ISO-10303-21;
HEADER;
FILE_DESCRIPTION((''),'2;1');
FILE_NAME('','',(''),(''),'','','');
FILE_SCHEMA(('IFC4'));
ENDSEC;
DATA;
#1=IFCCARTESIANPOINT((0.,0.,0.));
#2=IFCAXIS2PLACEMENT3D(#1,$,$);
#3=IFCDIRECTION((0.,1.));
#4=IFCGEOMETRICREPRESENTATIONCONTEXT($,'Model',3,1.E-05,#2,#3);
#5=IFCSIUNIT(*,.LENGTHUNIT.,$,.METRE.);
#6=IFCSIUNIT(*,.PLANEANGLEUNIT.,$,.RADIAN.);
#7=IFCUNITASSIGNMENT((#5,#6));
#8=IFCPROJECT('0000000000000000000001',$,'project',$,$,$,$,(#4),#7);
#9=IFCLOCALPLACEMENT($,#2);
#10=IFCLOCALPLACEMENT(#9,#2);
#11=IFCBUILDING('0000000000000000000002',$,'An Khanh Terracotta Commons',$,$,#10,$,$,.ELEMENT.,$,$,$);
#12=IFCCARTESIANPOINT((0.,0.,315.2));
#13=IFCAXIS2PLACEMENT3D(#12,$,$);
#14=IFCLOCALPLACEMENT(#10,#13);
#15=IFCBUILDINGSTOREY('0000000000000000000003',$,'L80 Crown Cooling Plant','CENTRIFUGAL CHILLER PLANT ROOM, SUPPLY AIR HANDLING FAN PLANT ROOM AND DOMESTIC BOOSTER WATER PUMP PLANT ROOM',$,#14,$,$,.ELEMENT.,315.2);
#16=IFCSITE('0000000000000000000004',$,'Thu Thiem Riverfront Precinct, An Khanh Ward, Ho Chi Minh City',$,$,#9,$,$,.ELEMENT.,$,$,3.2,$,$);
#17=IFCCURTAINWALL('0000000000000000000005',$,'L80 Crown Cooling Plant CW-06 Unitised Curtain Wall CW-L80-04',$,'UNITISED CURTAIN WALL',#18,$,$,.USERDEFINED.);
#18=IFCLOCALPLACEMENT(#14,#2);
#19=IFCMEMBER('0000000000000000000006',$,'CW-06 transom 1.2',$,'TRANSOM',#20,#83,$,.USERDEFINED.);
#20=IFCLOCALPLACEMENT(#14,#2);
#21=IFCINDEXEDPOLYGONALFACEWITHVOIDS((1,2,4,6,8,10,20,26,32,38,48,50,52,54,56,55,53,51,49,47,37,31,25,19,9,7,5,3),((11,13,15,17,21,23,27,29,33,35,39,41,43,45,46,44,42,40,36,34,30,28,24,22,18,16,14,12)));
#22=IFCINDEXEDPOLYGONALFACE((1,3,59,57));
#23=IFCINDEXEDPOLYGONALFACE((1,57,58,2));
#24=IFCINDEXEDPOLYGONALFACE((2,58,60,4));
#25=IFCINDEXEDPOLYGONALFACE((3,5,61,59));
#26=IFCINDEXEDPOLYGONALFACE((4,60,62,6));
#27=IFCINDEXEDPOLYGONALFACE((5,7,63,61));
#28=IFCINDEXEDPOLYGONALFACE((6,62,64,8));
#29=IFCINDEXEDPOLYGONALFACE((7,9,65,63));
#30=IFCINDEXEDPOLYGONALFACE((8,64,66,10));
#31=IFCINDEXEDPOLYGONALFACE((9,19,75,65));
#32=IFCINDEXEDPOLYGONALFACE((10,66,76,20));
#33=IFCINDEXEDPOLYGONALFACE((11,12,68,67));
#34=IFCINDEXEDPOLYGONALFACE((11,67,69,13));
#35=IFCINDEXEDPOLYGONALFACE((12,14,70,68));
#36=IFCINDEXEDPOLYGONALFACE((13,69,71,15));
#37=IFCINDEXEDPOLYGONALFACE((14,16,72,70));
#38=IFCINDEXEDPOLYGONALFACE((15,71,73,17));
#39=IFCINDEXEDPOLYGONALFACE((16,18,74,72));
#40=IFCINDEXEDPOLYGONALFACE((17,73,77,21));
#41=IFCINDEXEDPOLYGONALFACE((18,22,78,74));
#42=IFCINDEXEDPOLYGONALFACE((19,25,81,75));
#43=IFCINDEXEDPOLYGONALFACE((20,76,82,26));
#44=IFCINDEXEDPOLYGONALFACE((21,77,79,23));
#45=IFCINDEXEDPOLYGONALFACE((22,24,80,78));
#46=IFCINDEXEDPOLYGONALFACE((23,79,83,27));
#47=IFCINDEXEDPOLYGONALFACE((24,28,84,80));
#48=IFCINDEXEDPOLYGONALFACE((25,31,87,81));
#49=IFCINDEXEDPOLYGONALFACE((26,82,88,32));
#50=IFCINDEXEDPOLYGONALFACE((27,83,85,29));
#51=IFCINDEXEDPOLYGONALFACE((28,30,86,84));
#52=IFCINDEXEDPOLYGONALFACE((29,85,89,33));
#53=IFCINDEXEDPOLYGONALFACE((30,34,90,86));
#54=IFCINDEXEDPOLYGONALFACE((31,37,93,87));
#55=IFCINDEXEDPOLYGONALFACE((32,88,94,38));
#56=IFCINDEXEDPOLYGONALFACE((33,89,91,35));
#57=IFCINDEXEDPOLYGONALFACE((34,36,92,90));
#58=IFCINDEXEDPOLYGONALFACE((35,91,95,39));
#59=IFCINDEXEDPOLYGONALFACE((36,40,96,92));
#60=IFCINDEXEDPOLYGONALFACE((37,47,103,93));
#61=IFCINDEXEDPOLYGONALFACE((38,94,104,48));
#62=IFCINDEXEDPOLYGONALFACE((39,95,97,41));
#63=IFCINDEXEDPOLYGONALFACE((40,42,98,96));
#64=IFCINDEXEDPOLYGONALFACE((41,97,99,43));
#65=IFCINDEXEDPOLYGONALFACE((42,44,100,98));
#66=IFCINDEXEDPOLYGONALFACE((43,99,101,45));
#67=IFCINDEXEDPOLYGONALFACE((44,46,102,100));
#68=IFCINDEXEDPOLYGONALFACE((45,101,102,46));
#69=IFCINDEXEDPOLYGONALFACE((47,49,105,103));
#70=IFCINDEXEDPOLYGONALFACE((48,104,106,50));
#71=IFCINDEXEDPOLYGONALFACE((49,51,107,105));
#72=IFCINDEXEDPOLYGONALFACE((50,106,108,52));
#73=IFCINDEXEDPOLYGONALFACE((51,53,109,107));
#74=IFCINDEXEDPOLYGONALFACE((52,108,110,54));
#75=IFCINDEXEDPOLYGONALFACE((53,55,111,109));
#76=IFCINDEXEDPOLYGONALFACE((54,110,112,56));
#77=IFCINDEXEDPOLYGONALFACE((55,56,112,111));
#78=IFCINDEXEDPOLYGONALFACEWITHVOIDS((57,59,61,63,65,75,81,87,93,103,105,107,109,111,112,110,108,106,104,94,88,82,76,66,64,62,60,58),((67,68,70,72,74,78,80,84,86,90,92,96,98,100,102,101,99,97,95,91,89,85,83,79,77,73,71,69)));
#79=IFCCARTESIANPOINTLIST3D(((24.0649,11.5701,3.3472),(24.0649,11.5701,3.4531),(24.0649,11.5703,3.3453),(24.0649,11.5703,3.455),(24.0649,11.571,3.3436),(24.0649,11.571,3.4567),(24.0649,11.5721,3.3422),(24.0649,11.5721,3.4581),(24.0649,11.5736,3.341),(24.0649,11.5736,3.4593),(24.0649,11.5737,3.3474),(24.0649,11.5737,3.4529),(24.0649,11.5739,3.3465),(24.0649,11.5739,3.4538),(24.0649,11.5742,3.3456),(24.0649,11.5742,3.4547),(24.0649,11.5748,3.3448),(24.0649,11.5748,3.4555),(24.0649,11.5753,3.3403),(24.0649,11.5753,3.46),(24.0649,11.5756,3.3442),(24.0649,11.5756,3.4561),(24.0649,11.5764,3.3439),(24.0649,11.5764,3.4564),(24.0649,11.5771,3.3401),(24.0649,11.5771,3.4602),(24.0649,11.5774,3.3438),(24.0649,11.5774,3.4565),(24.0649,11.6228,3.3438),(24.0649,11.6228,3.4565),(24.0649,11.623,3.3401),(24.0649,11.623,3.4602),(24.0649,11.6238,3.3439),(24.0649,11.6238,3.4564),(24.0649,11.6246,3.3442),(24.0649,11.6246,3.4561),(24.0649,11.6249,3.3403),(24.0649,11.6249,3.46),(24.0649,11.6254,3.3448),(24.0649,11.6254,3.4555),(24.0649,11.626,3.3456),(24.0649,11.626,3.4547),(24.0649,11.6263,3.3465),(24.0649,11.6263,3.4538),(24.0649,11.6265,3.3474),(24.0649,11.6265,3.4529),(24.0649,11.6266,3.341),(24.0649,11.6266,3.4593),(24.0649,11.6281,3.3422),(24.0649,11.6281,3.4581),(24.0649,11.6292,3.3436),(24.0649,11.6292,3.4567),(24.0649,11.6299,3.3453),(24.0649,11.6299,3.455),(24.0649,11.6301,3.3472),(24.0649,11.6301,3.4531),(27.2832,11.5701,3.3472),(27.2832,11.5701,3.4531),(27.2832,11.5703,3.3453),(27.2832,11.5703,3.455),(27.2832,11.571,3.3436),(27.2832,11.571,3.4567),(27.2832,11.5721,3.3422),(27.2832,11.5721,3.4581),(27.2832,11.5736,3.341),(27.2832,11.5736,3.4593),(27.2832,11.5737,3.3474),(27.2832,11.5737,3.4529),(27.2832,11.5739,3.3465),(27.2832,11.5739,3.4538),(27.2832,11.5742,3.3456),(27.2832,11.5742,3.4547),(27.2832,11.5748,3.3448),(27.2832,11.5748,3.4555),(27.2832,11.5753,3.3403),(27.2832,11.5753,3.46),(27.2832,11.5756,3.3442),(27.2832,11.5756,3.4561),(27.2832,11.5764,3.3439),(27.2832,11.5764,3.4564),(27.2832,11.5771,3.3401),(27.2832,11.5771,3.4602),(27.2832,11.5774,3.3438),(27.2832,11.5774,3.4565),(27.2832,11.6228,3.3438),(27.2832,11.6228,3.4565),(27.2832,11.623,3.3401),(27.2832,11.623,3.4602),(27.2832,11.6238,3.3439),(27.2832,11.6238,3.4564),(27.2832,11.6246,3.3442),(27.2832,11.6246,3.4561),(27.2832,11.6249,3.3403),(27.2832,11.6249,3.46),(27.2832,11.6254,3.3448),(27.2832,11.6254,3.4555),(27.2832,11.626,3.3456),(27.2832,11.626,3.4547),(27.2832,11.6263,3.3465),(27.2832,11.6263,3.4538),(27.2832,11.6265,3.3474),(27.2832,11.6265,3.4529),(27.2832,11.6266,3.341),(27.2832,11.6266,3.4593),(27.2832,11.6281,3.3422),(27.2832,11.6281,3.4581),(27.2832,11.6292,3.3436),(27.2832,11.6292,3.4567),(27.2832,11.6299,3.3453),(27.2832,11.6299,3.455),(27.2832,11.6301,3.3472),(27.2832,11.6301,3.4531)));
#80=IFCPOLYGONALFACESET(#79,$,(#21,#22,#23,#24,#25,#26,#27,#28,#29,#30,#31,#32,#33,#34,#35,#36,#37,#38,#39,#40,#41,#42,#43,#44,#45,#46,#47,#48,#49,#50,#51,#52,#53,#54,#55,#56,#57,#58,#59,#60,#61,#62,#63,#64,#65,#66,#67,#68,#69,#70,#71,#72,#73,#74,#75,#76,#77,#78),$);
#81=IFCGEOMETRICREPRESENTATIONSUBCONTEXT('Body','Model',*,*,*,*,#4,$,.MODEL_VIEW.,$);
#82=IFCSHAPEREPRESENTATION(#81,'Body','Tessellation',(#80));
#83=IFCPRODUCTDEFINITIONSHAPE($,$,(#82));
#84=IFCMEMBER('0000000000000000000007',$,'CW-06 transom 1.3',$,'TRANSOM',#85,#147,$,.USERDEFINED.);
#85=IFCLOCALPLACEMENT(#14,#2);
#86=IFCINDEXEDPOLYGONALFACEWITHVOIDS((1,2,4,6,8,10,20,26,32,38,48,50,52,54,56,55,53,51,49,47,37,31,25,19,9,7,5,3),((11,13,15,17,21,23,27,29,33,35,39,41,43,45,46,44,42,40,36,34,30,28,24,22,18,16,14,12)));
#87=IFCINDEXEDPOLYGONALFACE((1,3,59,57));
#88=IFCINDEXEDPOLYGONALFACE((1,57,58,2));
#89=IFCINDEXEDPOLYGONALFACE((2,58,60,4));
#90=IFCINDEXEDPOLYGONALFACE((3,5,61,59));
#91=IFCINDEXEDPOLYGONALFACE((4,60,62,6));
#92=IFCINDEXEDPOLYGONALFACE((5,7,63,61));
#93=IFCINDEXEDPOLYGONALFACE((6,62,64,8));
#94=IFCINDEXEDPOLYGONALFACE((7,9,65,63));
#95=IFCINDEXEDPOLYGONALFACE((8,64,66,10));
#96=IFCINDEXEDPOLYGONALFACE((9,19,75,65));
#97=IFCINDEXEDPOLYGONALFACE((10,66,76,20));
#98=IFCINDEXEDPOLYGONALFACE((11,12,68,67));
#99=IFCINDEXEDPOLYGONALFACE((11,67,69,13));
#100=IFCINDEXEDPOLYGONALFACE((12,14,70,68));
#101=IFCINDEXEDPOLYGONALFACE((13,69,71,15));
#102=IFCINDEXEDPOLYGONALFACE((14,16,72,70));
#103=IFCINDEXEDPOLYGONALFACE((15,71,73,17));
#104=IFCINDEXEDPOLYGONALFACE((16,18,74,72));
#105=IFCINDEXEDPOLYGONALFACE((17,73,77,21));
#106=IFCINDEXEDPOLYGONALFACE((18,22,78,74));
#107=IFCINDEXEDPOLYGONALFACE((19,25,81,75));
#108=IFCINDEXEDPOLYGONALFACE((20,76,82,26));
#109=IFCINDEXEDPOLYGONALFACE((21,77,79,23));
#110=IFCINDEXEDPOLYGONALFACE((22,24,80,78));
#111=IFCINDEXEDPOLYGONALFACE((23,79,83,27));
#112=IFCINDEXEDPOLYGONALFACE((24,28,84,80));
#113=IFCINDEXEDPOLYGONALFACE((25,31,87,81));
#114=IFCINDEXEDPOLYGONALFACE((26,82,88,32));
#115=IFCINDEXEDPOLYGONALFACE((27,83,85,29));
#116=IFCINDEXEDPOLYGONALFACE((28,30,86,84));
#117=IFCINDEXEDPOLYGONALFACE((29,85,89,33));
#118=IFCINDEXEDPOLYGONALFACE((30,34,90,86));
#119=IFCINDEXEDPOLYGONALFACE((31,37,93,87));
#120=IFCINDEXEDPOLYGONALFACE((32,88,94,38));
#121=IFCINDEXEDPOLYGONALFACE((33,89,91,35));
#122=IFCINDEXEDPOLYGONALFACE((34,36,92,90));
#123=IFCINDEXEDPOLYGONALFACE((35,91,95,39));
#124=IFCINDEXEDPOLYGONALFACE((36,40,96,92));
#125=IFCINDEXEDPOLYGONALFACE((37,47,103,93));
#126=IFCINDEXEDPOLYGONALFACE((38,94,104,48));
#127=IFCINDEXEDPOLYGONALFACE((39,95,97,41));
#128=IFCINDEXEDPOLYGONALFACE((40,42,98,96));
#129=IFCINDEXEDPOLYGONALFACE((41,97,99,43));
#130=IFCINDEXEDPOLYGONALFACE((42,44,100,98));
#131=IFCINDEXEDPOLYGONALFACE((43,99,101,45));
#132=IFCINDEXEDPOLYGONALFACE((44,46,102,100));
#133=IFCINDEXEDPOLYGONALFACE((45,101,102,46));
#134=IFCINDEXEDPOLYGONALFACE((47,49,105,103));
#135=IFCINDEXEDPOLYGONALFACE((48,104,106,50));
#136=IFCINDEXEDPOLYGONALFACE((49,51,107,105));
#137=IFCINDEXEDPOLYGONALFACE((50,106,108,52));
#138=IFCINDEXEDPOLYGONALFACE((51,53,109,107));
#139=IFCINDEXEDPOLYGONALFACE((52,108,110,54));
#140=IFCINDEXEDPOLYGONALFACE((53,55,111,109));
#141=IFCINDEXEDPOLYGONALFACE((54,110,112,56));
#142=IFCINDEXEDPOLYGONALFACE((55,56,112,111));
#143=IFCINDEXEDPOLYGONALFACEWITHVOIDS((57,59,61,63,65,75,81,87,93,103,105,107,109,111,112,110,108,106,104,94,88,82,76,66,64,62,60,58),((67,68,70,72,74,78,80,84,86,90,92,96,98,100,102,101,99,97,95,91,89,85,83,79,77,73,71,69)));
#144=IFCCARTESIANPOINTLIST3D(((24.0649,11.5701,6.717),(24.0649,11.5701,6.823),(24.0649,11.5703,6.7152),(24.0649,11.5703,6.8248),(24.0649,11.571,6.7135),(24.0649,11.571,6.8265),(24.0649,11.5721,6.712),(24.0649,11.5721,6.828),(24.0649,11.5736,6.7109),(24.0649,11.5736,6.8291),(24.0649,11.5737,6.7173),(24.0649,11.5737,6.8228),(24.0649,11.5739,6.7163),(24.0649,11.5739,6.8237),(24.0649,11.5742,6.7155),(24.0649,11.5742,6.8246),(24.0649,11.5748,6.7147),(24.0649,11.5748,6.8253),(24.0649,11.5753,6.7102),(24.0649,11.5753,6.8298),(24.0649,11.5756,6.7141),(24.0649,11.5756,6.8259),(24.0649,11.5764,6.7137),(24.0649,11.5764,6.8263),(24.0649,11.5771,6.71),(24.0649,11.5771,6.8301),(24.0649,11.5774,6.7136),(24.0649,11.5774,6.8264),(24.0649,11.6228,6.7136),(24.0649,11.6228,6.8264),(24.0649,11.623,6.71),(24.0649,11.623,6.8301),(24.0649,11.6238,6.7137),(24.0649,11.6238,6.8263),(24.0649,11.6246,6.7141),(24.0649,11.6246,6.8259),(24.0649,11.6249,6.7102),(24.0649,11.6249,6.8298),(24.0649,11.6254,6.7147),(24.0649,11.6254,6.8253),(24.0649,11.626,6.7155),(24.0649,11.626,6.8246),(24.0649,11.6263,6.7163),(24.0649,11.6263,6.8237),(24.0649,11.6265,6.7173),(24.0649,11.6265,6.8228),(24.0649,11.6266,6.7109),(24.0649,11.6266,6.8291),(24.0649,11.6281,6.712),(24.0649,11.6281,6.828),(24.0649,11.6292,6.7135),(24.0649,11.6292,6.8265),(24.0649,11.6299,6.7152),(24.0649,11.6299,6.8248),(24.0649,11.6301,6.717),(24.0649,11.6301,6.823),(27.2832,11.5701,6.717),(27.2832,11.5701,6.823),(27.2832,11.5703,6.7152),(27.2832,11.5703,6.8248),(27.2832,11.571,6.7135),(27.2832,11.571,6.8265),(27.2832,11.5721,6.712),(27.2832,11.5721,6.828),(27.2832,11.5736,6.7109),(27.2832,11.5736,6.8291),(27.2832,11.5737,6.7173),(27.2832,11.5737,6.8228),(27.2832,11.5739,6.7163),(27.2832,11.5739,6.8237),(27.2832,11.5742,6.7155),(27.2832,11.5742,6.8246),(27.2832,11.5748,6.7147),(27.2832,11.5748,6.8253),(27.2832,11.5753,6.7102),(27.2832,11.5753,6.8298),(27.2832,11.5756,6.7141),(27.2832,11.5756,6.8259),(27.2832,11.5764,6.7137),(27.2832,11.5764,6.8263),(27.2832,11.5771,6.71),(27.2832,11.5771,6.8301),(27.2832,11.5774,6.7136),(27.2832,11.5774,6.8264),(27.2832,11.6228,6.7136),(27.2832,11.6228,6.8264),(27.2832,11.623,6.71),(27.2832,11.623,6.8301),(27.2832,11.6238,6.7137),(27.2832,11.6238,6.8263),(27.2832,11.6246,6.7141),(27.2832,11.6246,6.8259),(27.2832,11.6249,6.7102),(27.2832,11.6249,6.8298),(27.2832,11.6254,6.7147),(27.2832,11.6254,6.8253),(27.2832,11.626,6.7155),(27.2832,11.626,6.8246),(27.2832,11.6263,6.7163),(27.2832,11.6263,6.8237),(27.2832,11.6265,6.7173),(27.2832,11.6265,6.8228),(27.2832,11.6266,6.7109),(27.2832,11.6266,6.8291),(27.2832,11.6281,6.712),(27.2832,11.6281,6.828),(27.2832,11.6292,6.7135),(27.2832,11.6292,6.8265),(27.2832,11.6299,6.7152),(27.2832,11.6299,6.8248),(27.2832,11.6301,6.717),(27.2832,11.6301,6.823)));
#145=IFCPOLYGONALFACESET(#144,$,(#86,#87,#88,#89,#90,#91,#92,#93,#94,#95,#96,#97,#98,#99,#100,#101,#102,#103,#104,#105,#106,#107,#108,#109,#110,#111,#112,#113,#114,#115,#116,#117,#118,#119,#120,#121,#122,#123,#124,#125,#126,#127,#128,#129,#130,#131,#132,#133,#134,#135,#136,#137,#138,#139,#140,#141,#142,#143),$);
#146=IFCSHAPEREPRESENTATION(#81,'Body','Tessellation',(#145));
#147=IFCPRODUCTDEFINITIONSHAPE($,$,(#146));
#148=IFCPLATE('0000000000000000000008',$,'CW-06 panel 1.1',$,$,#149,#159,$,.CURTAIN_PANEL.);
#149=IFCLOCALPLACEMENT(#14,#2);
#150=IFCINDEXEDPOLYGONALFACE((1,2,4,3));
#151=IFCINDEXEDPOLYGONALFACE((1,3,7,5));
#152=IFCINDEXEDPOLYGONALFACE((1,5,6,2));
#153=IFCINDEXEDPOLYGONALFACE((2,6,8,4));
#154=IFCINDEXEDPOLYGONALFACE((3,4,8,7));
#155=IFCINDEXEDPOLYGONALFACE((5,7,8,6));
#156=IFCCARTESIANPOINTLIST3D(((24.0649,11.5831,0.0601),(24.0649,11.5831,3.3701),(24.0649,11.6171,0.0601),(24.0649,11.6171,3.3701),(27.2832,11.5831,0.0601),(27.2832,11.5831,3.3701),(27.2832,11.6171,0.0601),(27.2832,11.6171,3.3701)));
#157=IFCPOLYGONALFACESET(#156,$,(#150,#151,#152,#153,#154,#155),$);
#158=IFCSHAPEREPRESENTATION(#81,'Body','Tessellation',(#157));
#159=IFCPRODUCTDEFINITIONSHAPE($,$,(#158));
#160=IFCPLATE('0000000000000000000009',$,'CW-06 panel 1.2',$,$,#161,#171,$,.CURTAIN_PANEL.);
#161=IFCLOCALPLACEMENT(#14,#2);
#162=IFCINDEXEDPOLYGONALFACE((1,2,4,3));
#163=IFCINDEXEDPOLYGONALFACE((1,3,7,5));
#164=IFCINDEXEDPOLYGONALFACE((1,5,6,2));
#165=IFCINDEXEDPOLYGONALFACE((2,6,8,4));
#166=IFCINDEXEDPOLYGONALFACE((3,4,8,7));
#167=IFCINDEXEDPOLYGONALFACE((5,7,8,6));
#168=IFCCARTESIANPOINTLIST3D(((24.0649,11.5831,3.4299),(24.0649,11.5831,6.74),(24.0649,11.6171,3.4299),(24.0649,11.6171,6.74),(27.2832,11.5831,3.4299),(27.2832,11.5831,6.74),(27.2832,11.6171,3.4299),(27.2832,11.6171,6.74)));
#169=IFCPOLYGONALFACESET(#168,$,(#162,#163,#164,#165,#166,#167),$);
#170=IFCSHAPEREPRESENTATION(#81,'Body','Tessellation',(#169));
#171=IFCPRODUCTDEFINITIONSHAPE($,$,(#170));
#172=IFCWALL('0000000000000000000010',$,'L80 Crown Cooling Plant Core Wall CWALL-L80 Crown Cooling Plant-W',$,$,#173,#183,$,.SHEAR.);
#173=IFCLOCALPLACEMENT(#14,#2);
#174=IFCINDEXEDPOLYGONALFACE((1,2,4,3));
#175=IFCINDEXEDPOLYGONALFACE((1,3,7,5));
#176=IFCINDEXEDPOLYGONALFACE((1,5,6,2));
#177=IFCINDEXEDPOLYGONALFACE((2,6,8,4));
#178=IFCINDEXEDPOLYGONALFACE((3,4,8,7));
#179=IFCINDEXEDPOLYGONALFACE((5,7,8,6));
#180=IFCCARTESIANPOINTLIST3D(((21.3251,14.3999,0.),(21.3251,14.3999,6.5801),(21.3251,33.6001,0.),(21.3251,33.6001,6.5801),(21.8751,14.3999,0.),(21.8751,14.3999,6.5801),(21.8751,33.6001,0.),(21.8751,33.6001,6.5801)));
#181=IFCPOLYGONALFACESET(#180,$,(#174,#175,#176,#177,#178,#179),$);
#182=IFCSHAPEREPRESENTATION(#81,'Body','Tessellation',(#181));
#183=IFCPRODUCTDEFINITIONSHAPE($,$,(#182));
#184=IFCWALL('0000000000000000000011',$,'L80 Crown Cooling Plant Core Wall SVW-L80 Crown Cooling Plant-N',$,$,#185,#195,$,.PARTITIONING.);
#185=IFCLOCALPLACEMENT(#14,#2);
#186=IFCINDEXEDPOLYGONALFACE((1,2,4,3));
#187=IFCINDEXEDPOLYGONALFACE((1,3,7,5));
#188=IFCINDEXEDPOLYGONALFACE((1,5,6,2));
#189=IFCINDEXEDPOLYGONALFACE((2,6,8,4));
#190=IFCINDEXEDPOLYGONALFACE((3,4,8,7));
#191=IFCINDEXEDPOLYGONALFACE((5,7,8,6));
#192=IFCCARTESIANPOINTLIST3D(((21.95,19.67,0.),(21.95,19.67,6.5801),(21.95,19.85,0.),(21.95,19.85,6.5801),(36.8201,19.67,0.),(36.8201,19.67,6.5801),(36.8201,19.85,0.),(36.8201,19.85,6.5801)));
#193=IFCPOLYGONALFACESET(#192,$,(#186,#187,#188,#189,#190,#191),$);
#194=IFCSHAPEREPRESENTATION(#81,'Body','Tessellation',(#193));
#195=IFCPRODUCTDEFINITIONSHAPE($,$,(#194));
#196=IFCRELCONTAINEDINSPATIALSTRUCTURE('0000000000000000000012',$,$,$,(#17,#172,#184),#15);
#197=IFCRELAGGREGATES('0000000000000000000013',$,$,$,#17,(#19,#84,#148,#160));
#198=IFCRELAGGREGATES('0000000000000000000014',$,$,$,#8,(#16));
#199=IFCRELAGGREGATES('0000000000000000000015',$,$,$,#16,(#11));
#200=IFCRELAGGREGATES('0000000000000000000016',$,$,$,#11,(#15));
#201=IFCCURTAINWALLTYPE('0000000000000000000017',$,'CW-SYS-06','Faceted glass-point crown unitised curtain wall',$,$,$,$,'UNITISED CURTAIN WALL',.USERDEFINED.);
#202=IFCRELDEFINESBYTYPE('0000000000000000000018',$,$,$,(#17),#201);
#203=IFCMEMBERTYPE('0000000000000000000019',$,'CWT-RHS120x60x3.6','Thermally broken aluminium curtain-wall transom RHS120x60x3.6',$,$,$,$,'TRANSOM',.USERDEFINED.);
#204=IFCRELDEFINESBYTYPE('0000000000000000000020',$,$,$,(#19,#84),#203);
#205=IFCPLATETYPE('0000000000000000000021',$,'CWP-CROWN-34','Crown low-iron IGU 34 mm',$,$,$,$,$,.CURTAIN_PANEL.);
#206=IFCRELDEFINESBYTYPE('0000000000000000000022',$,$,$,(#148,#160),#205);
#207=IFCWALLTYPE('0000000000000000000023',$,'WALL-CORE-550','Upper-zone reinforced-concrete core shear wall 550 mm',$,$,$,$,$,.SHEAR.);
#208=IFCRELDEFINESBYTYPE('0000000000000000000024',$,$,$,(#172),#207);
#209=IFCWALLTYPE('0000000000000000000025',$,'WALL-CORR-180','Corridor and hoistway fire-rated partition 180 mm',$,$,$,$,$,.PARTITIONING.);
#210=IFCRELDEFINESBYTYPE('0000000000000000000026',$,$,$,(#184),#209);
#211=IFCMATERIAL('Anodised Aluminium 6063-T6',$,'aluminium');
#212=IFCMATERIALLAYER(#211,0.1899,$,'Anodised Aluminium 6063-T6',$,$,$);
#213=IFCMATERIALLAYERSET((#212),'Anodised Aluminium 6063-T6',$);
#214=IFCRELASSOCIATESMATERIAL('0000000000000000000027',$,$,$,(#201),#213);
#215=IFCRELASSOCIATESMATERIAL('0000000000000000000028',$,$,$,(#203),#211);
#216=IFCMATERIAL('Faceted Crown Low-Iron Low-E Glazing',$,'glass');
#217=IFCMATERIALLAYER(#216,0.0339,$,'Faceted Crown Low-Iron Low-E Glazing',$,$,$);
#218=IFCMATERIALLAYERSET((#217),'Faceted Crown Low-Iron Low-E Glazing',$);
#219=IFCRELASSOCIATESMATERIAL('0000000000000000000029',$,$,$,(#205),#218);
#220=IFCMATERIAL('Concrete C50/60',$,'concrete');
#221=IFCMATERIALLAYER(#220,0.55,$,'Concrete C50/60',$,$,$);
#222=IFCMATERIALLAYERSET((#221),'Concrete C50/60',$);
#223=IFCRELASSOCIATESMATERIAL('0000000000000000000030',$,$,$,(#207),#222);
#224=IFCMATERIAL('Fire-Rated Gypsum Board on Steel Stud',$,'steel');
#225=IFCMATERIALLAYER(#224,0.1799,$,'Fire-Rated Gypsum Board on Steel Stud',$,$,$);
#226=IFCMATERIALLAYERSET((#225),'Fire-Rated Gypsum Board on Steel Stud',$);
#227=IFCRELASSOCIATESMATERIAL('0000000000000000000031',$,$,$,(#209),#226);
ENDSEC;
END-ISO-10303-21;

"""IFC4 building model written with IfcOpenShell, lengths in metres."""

from ifc_helpers import new_model, si_unit, direction, frame, frame_2d, origin, origin_2d, place, context, subcontext, project, spatial, rectangle, hollow_rectangle, extrude, material, layer, layer_set, material_profile, profile_set, type_object, element, aggregate, save


model = new_model("IFC4")

# Units and contexts
model_context = context("Model", 3, precision=1e-05, world=origin(), true_north=direction((0.0, 1.0)))
body_context = subcontext(model_context, "Body", "Model", "MODEL_VIEW")
ifc_project = project(units=[si_unit("LENGTHUNIT", "METRE"), si_unit("PLANEANGLEUNIT", "RADIAN")], contexts=[model_context])

# Site, building, storey
site_placement = place(None, origin())
site = spatial("IfcSite", under=ifc_project, at=site_placement, Name="Thu Thiem Riverfront Precinct, An Khanh Ward, Ho Chi Minh City", CompositionType="ELEMENT", RefElevation=3.2)
building_placement = place(site_placement, origin())
building = spatial("IfcBuilding", under=site, at=building_placement, Name="An Khanh Terracotta Commons", CompositionType="ELEMENT")
storey_placement = place(building_placement, frame((0.0, 0.0, 315.2)))
storey = spatial("IfcBuildingStorey", under=building, at=storey_placement, Name="L80 Crown Cooling Plant", Description="CENTRIFUGAL CHILLER PLANT ROOM, SUPPLY AIR HANDLING FAN PLANT ROOM AND DOMESTIC BOOSTER WATER PUMP PLANT ROOM", CompositionType="ELEMENT", Elevation=315.2)

# Shared definitions
ifc_material_1 = material(Name="Concrete C50/60", Category="concrete")

# Curtain wall, members, plates
ifc_material_2 = material(Name="Anodised Aluminium 6063-T6", Category="aluminium")
ifc_layer_1 = layer(ifc_material_2, 0.1899, Name="Anodised Aluminium 6063-T6")
ifc_layer_set_1 = layer_set([ifc_layer_1], Name="Anodised Aluminium 6063-T6")
curtain_wall_type = type_object("IfcCurtainWallType", Name="CW-SYS-06", Description="Faceted glass-point crown unitised curtain wall", ElementType="UNITISED CURTAIN WALL", PredefinedType="USERDEFINED", material=ifc_layer_set_1)
curtain_wall_placement = place(storey_placement, origin())
curtain_wall = element("IfcCurtainWall", 1, at=curtain_wall_placement, inside=storey, type_object=curtain_wall_type, Name="L80 Crown Cooling Plant CW-06 Unitised Curtain Wall CW-L80-04", ObjectType="UNITISED CURTAIN WALL", PredefinedType="USERDEFINED")
ifc_material_profile_1 = material_profile(ifc_material_2, hollow_rectangle(XDim=0.0601, YDim=0.1201, WallThickness=0.0037, InnerFilletRadius=0.0037, OuterFilletRadius=0.0071, at=origin_2d()), Name="RHS120x60x3.6")
ifc_profile_set_1 = profile_set([ifc_material_profile_1], Name="Anodised Aluminium 6063-T6")
member_type_1 = type_object("IfcMemberType", Name="CWT-RHS120x60x3.6", Description="Thermally broken aluminium curtain-wall transom RHS120x60x3.6", ElementType="TRANSOM", PredefinedType="USERDEFINED", material=ifc_profile_set_1)
member_1_placement = place(storey_placement, frame((24.0649, 11.6001, 3.4001), z_axis=(1.0, 0.0, 0.0), x_axis=(0.0, 1.0, 0.0)))
member_1 = element("IfcMember", 2, at=member_1_placement, type_object=member_type_1, Name="CW-06 transom 1.2", ObjectType="TRANSOM", PredefinedType="USERDEFINED", context=body_context, shape_type="SweptSolid", body=[
    extrude(hollow_rectangle(XDim=0.0601, YDim=0.1201, WallThickness=0.0037, InnerFilletRadius=0.0037, OuterFilletRadius=0.0071, at=origin_2d()), origin(), (0.0, 0.0, 1.0), 3.2183),
])
member_2_placement = place(storey_placement, frame((24.0649, 11.6001, 6.77), z_axis=(1.0, 0.0, 0.0), x_axis=(0.0, 1.0, 0.0)))
member_2 = element("IfcMember", 3, at=member_2_placement, type_object=member_type_1, Name="CW-06 transom 1.3", ObjectType="TRANSOM", PredefinedType="USERDEFINED", context=body_context, shape_type="SweptSolid", body=[
    extrude(hollow_rectangle(XDim=0.0601, YDim=0.1201, WallThickness=0.0037, InnerFilletRadius=0.0037, OuterFilletRadius=0.0071, at=origin_2d()), origin(), (0.0, 0.0, 1.0), 3.2183),
])
ifc_material_3 = material(Name="Faceted Crown Low-Iron Low-E Glazing", Category="glass")
ifc_layer_2 = layer(ifc_material_3, 0.0339, Name="Faceted Crown Low-Iron Low-E Glazing")
ifc_layer_set_2 = layer_set([ifc_layer_2], Name="Faceted Crown Low-Iron Low-E Glazing")
plate_type = type_object("IfcPlateType", Name="CWP-CROWN-34", Description="Crown low-iron IGU 34 mm", PredefinedType="CURTAIN_PANEL", material=ifc_layer_set_2)
plate_1_placement = place(storey_placement, frame((25.6741, 11.6001, 0.0601), z_axis=(0.0, 0.0, 1.0), x_axis=(1.0, 0.0, 0.0)))
plate_1 = element("IfcPlate", 4, at=plate_1_placement, type_object=plate_type, Name="CW-06 panel 1.1", PredefinedType="CURTAIN_PANEL", context=body_context, shape_type="SweptSolid", body=[
    extrude(rectangle(XDim=3.2183, YDim=0.0339, at=origin_2d()), origin(), (0.0, 0.0, 1.0), 3.3101),
])
plate_2_placement = place(storey_placement, frame((25.6741, 11.6001, 3.4299), z_axis=(0.0, 0.0, 1.0), x_axis=(1.0, 0.0, 0.0)))
plate_2 = element("IfcPlate", 5, at=plate_2_placement, type_object=plate_type, Name="CW-06 panel 1.2", PredefinedType="CURTAIN_PANEL", context=body_context, shape_type="SweptSolid", body=[
    extrude(rectangle(XDim=3.2183, YDim=0.0339, at=origin_2d()), origin(), (0.0, 0.0, 1.0), 3.3101),
])
aggregate(curtain_wall, [member_1, member_2, plate_1, plate_2])

# Walls
ifc_layer_3 = layer(ifc_material_1, 0.55, Name="Concrete C50/60")
ifc_layer_set_3 = layer_set([ifc_layer_3], Name="Concrete C50/60")
wall_type_1 = type_object("IfcWallType", Name="WALL-CORE-550", Description="Upper-zone reinforced-concrete core shear wall 550 mm", PredefinedType="SHEAR", material=ifc_layer_set_3)
wall_1_placement = place(storey_placement, frame((21.6001, 14.3999, 0.0), z_axis=(0.0, 0.0, 1.0), x_axis=(0.0, 1.0, 0.0)))
element("IfcWall", 6, at=wall_1_placement, inside=storey, type_object=wall_type_1, Name="L80 Crown Cooling Plant Core Wall CWALL-L80 Crown Cooling Plant-W", PredefinedType="SHEAR", context=body_context, shape_type="SweptSolid", body=[
    extrude(rectangle(XDim=19.2002, YDim=0.55, at=frame_2d((9.6001, 0.0))), origin(), (0.0, 0.0, 1.0), 6.5801),
])
ifc_material_4 = material(Name="Fire-Rated Gypsum Board on Steel Stud", Category="steel")
ifc_layer_4 = layer(ifc_material_4, 0.1799, Name="Fire-Rated Gypsum Board on Steel Stud")
ifc_layer_set_4 = layer_set([ifc_layer_4], Name="Fire-Rated Gypsum Board on Steel Stud")
wall_type_2 = type_object("IfcWallType", Name="WALL-CORR-180", Description="Corridor and hoistway fire-rated partition 180 mm", PredefinedType="PARTITIONING", material=ifc_layer_set_4)
wall_2_placement = place(storey_placement, frame((21.95, 19.76, 0.0), z_axis=(0.0, 0.0, 1.0), x_axis=(1.0, 0.0, 0.0)))
element("IfcWall", 7, at=wall_2_placement, inside=storey, type_object=wall_type_2, Name="L80 Crown Cooling Plant Core Wall SVW-L80 Crown Cooling Plant-N", PredefinedType="PARTITIONING", context=body_context, shape_type="SweptSolid", body=[
    extrude(rectangle(XDim=14.8701, YDim=0.1799, at=frame_2d((7.4351, 0.0))), origin(), (0.0, 0.0, 1.0), 6.5801),
])

save(model, "model.ifc")
